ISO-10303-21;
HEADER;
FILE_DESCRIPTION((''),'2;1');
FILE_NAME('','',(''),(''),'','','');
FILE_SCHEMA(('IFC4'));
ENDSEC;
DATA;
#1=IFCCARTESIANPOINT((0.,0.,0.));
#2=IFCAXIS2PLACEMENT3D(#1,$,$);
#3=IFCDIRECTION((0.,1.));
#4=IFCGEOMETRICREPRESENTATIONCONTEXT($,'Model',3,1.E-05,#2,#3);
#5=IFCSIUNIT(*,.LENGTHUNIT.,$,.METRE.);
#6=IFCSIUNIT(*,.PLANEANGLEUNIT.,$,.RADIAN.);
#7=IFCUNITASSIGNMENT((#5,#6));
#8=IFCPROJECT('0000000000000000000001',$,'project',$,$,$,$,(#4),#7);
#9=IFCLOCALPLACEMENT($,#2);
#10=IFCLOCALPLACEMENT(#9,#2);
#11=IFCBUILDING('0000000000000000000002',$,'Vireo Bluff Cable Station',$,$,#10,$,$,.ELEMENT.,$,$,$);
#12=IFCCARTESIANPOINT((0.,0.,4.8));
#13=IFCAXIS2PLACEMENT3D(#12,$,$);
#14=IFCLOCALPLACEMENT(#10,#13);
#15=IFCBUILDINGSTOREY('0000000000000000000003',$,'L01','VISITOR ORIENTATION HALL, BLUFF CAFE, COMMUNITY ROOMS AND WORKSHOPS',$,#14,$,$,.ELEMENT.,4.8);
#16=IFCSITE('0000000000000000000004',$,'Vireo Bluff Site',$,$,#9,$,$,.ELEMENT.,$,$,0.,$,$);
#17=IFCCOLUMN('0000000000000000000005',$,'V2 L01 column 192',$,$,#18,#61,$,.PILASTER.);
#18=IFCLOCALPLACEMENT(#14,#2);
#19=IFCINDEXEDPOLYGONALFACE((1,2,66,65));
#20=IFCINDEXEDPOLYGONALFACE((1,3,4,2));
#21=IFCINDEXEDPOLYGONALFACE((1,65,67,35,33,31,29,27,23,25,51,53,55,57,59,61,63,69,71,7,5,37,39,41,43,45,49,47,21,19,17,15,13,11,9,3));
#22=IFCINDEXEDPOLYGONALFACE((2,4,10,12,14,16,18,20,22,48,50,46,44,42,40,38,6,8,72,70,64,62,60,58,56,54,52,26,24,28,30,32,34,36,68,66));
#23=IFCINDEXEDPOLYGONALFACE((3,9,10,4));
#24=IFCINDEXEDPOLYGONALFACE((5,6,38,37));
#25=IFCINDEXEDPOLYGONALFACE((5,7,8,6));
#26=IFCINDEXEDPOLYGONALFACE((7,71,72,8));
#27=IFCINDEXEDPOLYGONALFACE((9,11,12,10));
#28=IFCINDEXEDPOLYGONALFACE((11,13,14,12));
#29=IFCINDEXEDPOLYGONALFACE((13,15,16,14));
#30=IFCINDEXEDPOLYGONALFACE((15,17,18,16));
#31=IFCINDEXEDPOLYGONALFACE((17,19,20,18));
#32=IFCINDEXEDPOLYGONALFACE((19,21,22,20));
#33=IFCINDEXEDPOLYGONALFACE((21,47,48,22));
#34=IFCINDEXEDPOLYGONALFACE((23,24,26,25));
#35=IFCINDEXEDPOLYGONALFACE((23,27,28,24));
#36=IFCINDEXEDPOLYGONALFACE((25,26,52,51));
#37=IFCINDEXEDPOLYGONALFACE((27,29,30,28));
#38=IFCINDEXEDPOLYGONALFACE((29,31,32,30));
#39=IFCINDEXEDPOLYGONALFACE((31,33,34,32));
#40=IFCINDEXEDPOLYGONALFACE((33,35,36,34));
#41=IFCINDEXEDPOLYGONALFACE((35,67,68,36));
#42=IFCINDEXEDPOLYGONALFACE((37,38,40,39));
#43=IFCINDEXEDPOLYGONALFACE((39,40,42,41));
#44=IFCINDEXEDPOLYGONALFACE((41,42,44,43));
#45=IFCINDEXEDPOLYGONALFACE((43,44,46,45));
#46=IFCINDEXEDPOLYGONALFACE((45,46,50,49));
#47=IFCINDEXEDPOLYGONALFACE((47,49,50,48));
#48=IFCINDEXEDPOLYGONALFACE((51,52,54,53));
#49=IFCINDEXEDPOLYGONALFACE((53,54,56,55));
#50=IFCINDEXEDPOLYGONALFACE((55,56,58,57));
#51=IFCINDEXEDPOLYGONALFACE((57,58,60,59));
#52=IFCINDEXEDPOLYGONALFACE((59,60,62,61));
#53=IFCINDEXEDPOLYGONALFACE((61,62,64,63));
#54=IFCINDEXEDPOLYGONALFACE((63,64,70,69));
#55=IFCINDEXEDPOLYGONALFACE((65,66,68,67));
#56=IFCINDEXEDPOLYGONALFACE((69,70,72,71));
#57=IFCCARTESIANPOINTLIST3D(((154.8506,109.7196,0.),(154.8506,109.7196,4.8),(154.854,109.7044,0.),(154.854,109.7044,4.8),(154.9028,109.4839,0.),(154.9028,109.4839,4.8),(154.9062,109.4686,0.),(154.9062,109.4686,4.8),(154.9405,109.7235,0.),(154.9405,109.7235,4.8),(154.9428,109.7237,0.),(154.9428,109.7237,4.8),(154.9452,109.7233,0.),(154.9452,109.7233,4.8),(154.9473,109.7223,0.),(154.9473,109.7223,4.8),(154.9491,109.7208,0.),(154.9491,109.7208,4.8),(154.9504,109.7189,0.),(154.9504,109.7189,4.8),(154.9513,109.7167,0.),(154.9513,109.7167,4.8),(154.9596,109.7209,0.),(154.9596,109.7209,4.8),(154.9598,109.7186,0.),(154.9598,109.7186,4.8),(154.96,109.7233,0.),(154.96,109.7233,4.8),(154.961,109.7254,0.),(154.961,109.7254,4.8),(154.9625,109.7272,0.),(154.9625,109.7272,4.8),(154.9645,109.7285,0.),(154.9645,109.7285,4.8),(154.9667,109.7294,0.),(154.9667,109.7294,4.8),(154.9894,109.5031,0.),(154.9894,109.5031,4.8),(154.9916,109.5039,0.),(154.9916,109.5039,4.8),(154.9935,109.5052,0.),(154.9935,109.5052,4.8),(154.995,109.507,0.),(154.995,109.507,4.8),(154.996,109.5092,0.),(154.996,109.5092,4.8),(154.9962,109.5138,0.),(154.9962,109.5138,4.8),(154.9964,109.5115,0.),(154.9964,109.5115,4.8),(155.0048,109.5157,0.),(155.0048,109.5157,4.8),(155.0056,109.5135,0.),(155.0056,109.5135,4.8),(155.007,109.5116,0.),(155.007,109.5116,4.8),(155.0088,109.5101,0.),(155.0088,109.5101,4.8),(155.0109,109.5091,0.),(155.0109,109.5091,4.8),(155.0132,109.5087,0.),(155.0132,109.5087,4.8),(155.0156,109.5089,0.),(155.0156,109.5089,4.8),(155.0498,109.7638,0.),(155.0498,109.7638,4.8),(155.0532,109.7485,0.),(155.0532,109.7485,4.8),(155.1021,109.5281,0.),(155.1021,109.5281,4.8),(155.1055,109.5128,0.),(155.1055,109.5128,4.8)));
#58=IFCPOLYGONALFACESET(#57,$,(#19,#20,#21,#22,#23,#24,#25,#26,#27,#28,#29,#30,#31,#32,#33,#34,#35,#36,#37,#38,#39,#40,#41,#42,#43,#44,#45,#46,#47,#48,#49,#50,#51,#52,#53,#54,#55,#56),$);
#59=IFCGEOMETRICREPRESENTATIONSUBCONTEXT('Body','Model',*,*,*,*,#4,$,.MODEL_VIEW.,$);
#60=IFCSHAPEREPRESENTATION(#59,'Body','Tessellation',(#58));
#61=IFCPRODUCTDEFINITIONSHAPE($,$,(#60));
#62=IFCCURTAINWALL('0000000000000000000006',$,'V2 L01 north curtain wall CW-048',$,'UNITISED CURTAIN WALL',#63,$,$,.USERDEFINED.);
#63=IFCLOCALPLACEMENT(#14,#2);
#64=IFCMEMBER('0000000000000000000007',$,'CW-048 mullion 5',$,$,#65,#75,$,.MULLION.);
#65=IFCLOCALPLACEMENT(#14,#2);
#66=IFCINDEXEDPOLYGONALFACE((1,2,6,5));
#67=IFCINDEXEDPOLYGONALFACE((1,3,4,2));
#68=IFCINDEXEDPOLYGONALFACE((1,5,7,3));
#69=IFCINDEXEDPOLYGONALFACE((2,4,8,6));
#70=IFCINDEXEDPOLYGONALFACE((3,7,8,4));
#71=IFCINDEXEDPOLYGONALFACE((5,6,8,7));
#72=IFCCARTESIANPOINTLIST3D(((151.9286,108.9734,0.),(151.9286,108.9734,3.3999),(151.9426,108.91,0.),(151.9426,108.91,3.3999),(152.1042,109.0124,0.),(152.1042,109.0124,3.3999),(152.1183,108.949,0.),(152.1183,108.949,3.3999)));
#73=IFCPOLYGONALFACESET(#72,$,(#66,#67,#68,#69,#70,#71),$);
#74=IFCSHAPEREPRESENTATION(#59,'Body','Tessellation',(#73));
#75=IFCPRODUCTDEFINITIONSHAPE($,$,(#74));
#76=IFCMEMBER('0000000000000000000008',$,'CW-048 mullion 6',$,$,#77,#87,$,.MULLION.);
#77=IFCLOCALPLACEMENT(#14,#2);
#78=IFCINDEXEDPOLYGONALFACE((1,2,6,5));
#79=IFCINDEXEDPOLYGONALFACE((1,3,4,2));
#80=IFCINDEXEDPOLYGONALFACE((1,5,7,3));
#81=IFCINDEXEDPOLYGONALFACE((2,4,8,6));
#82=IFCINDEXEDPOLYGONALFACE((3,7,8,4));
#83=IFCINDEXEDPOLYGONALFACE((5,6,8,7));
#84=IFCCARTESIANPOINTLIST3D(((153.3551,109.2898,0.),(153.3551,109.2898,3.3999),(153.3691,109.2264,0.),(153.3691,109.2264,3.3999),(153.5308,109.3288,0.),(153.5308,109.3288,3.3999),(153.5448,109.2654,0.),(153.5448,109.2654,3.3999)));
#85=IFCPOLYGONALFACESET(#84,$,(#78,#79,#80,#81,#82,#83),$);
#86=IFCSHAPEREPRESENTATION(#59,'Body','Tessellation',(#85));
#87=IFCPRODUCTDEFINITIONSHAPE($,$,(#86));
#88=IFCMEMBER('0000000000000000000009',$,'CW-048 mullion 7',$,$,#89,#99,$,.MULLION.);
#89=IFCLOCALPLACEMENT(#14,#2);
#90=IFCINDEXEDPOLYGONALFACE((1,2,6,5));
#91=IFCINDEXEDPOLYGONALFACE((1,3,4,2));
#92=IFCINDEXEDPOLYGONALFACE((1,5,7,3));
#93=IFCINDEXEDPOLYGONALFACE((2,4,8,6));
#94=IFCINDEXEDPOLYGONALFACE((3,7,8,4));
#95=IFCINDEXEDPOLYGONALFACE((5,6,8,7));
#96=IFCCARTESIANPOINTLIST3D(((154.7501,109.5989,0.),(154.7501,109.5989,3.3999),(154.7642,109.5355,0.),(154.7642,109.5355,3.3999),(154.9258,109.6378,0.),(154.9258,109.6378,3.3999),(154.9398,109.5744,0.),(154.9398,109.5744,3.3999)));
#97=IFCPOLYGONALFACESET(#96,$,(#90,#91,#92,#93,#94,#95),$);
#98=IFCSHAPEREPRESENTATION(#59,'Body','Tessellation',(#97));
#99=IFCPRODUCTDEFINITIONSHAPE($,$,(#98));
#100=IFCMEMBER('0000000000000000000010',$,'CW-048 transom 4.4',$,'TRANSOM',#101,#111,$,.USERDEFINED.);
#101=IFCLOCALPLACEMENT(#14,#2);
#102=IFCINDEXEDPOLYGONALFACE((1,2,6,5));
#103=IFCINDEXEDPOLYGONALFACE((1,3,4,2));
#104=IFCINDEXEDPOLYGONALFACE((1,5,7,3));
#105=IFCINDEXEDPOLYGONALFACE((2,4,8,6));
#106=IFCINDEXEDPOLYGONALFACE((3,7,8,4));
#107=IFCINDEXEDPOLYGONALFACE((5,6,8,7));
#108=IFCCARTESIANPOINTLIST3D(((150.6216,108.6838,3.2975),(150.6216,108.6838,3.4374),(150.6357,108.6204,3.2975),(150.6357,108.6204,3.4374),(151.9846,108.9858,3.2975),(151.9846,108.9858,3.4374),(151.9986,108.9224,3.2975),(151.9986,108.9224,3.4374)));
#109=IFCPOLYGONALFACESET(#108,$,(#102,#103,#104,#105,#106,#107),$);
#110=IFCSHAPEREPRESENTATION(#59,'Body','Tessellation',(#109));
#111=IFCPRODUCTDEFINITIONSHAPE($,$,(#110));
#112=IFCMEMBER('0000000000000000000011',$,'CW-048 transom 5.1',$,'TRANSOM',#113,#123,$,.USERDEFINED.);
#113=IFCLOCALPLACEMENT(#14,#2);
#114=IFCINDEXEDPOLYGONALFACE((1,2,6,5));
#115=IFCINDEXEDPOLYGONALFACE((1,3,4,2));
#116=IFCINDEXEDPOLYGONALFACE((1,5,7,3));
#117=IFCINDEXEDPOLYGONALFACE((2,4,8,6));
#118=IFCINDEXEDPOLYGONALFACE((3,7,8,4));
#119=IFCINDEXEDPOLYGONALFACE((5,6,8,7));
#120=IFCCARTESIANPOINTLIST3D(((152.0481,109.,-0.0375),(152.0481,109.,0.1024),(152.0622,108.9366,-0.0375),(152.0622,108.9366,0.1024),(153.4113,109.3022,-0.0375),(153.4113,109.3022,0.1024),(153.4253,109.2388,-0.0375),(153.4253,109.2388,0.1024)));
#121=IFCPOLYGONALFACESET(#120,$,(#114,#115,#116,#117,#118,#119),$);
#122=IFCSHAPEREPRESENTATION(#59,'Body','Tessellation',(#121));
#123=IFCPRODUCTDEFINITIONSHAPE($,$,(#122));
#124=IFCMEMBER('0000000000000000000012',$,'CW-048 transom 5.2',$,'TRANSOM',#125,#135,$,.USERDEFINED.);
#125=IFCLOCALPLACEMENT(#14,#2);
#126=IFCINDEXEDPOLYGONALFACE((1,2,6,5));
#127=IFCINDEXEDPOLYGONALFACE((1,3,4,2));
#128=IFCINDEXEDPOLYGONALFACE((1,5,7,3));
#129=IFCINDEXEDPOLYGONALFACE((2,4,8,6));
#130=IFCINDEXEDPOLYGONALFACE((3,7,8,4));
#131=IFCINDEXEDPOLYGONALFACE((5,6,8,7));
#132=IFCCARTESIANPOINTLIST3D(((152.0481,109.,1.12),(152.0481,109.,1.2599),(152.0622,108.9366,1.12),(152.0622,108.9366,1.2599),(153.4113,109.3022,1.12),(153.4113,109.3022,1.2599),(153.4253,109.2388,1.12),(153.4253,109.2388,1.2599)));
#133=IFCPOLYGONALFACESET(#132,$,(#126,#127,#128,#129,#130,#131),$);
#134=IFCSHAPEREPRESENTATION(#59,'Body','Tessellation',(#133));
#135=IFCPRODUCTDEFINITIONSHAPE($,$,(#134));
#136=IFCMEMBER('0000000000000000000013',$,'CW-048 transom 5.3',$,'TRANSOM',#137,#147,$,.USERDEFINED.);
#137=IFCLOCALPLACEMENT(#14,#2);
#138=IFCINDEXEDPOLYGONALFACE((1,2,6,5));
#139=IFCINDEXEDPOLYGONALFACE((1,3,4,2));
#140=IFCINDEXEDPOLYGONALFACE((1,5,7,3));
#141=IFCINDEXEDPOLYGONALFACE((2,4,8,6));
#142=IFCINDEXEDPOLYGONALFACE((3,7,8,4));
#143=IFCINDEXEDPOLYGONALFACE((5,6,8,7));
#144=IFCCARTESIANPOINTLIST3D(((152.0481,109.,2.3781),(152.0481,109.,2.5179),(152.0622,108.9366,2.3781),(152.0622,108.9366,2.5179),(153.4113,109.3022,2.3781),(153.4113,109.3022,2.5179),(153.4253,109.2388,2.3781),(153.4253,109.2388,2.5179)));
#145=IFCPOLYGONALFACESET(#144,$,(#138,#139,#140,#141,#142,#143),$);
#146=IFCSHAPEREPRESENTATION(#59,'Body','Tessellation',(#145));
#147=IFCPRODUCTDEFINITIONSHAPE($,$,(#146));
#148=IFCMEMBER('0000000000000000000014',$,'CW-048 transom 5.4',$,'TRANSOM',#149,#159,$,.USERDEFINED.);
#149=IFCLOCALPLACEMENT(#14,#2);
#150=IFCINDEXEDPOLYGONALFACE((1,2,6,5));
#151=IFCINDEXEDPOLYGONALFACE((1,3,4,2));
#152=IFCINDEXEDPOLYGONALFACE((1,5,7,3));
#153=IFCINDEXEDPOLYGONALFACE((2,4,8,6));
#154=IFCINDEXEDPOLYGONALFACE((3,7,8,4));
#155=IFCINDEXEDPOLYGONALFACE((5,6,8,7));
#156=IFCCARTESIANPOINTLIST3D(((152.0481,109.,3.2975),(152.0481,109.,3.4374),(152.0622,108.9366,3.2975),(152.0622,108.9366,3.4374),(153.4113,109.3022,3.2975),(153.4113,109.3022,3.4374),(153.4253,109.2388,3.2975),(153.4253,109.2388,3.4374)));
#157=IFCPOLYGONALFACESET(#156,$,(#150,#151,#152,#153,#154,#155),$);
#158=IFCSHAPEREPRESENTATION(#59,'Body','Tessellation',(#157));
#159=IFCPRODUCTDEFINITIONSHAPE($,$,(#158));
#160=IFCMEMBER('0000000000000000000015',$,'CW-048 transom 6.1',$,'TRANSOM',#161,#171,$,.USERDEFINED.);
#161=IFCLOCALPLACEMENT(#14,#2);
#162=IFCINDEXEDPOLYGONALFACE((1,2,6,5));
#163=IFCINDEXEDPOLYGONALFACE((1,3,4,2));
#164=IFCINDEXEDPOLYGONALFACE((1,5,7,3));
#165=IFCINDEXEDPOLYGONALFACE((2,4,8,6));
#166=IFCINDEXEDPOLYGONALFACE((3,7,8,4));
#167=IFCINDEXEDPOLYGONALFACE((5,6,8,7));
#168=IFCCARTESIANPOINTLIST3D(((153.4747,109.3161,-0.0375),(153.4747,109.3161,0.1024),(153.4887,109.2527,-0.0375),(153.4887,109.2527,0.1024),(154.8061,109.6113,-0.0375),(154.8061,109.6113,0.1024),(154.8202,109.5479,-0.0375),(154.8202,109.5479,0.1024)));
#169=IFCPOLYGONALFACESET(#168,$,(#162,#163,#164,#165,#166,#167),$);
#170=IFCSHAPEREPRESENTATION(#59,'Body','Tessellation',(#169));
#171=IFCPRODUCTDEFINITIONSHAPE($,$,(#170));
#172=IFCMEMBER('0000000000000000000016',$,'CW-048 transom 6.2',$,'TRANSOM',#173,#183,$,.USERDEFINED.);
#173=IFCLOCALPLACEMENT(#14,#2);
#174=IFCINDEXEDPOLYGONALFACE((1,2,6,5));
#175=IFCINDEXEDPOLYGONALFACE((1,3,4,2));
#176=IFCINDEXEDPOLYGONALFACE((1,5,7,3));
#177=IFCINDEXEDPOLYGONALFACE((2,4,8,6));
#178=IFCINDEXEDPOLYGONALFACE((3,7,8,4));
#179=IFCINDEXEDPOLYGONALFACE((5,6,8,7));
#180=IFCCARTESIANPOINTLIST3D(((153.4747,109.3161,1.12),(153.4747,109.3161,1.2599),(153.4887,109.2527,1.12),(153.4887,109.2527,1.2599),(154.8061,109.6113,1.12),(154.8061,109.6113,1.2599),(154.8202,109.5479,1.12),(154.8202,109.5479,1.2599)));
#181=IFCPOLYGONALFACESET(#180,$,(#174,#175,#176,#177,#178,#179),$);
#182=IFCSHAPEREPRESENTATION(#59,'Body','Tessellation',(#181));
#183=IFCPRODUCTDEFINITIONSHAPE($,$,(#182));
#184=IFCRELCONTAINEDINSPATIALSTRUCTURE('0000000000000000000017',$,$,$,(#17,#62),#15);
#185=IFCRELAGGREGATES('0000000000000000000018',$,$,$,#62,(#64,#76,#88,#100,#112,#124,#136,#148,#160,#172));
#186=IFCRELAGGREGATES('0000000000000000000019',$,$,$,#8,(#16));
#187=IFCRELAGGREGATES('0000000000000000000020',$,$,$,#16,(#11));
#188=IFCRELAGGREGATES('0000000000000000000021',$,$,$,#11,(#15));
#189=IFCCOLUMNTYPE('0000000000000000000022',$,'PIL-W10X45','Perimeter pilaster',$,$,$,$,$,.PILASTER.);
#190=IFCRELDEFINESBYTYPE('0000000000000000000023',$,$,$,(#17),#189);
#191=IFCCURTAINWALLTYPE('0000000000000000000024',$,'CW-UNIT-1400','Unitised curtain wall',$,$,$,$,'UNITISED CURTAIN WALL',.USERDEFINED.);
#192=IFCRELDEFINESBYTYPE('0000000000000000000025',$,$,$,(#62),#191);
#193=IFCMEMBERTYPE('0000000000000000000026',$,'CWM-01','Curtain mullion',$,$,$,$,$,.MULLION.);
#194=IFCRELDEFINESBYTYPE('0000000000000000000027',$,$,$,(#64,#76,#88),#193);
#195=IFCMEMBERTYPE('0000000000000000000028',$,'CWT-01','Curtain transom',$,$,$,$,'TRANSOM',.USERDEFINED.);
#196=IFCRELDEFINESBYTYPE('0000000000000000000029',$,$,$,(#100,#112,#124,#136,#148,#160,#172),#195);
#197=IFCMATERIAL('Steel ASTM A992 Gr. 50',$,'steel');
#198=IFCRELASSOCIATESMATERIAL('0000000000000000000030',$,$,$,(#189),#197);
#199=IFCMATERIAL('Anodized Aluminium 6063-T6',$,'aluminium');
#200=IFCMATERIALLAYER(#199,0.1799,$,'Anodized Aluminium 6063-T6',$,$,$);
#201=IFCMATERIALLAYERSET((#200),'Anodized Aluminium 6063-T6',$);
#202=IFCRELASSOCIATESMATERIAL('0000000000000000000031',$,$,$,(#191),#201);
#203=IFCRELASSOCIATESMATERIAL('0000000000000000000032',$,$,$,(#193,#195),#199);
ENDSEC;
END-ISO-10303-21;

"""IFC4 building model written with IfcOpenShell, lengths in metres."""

from ifc_helpers import new_model, si_unit, direction, frame, origin, origin_2d, place, context, subcontext, project, spatial, rectangle, i_section, extrude, material, layer, layer_set, material_profile, profile_set, type_object, element, aggregate, save


model = new_model("IFC4")

# Units and contexts
model_context = context("Model", 3, precision=1e-05, world=origin(), true_north=direction((0.0, 1.0)))
body_context = subcontext(model_context, "Body", "Model", "MODEL_VIEW")
ifc_project = project(units=[si_unit("LENGTHUNIT", "METRE"), si_unit("PLANEANGLEUNIT", "RADIAN")], contexts=[model_context])

# Site, building, storey
site_placement = place(None, origin())
site = spatial("IfcSite", under=ifc_project, at=site_placement, Name="Vireo Bluff Site", CompositionType="ELEMENT", RefElevation=0.0)
building_placement = place(site_placement, origin())
building = spatial("IfcBuilding", under=site, at=building_placement, Name="Vireo Bluff Cable Station", CompositionType="ELEMENT")
storey_placement = place(building_placement, frame((0.0, 0.0, 4.8)))
storey = spatial("IfcBuildingStorey", under=building, at=storey_placement, Name="L01", Description="VISITOR ORIENTATION HALL, BLUFF CAFE, COMMUNITY ROOMS AND WORKSHOPS", CompositionType="ELEMENT", Elevation=4.8)

# Column
ifc_material_1 = material(Name="Steel ASTM A992 Gr. 50", Category="steel")
ifc_material_profile_1 = material_profile(ifc_material_1, i_section(OverallWidth=0.2041, OverallDepth=0.2571, WebThickness=0.0088, FlangeThickness=0.0156, FilletRadius=0.009, at=origin_2d()), Name="W10X45")
ifc_profile_set_1 = profile_set([ifc_material_profile_1], Name="Steel ASTM A992 Gr. 50")
column_type = type_object("IfcColumnType", Name="PIL-W10X45", Description="Perimeter pilaster", PredefinedType="PILASTER", material=ifc_profile_set_1)
column_placement = place(storey_placement, frame((154.978, 109.6162, 0.0), z_axis=(0.0, 0.0, 1.0), x_axis=(0.976296, 0.21644, 0.0)))
element("IfcColumn", 1, at=column_placement, inside=storey, type_object=column_type, Name="V2 L01 column 192", PredefinedType="PILASTER", context=body_context, shape_type="SweptSolid", body=[
    extrude(i_section(OverallWidth=0.2041, OverallDepth=0.2571, WebThickness=0.0088, FlangeThickness=0.0156, FilletRadius=0.009, at=origin_2d()), origin(), (0.0, 0.0, 1.0), 4.8),
])

# Curtain wall, members
ifc_material_2 = material(Name="Anodized Aluminium 6063-T6", Category="aluminium")
ifc_layer_1 = layer(ifc_material_2, 0.1799, Name="Anodized Aluminium 6063-T6")
ifc_layer_set_1 = layer_set([ifc_layer_1], Name="Anodized Aluminium 6063-T6")
curtain_wall_type = type_object("IfcCurtainWallType", Name="CW-UNIT-1400", Description="Unitised curtain wall", ElementType="UNITISED CURTAIN WALL", PredefinedType="USERDEFINED", material=ifc_layer_set_1)
curtain_wall_placement = place(storey_placement, origin())
curtain_wall = element("IfcCurtainWall", 2, at=curtain_wall_placement, inside=storey, type_object=curtain_wall_type, Name="V2 L01 north curtain wall CW-048", ObjectType="UNITISED CURTAIN WALL", PredefinedType="USERDEFINED")
ifc_material_profile_2 = material_profile(ifc_material_2, rectangle(XDim=0.0649, YDim=0.1799, at=origin_2d()), Name="ALU-M-65X180")
ifc_profile_set_2 = profile_set([ifc_material_profile_2], Name="Anodized Aluminium 6063-T6")
member_type_1 = type_object("IfcMemberType", Name="CWM-01", Description="Curtain mullion", PredefinedType="MULLION", material=ifc_profile_set_2)
member_1_placement = place(storey_placement, frame((152.0234, 108.9612, 0.0), z_axis=(0.0, 0.0, 1.0), x_axis=(-0.21644, 0.976296, 0.0)))
member_1 = element("IfcMember", 3, at=member_1_placement, type_object=member_type_1, Name="CW-048 mullion 5", PredefinedType="MULLION", context=body_context, shape_type="SweptSolid", body=[
    extrude(rectangle(XDim=0.0649, YDim=0.1799, at=origin_2d()), origin(), (0.0, 0.0, 1.0), 3.3999),
])
member_2_placement = place(storey_placement, frame((153.45, 109.2776, 0.0), z_axis=(0.0, 0.0, 1.0), x_axis=(-0.21644, 0.976296, 0.0)))
member_2 = element("IfcMember", 4, at=member_2_placement, type_object=member_type_1, Name="CW-048 mullion 6", PredefinedType="MULLION", context=body_context, shape_type="SweptSolid", body=[
    extrude(rectangle(XDim=0.0649, YDim=0.1799, at=origin_2d()), origin(), (0.0, 0.0, 1.0), 3.3999),
])
member_3_placement = place(storey_placement, frame((154.845, 109.5867, 0.0), z_axis=(0.0, 0.0, 1.0), x_axis=(-0.21644, 0.976296, 0.0)))
member_3 = element("IfcMember", 5, at=member_3_placement, type_object=member_type_1, Name="CW-048 mullion 7", PredefinedType="MULLION", context=body_context, shape_type="SweptSolid", body=[
    extrude(rectangle(XDim=0.0649, YDim=0.1799, at=origin_2d()), origin(), (0.0, 0.0, 1.0), 3.3999),
])
ifc_material_profile_3 = material_profile(ifc_material_2, rectangle(XDim=0.0649, YDim=0.1399, at=origin_2d()), Name="ALU-T-65X140")
ifc_profile_set_3 = profile_set([ifc_material_profile_3], Name="Anodized Aluminium 6063-T6")
member_type_2 = type_object("IfcMemberType", Name="CWT-01", Description="Curtain transom", ElementType="TRANSOM", PredefinedType="USERDEFINED", material=ifc_profile_set_3)
member_4_placement = place(storey_placement, frame((150.6287, 108.6521, 3.3674), z_axis=(0.976323, 0.216319, 0.0), x_axis=(-0.216319, 0.976323, 0.0)))
member_4 = element("IfcMember", 6, at=member_4_placement, type_object=member_type_2, Name="CW-048 transom 4.4", ObjectType="TRANSOM", PredefinedType="USERDEFINED", context=body_context, shape_type="SweptSolid", body=[
    extrude(rectangle(XDim=0.0649, YDim=0.1399, at=origin_2d()), origin(), (0.0, 0.0, 1.0), 1.396),
])
member_5_placement = place(storey_placement, frame((152.0552, 108.9683, 0.0325), z_axis=(0.976286, 0.216486, 0.0), x_axis=(-0.216486, 0.976286, 0.0)))
member_5 = element("IfcMember", 7, at=member_5_placement, type_object=member_type_2, Name="CW-048 transom 5.1", ObjectType="TRANSOM", PredefinedType="USERDEFINED", context=body_context, shape_type="SweptSolid", body=[
    extrude(rectangle(XDim=0.0649, YDim=0.1399, at=origin_2d()), origin(), (0.0, 0.0, 1.0), 1.3962),
])
member_6_placement = place(storey_placement, frame((152.0552, 108.9683, 1.1899), z_axis=(0.976286, 0.216486, 0.0), x_axis=(-0.216486, 0.976286, 0.0)))
member_6 = element("IfcMember", 8, at=member_6_placement, type_object=member_type_2, Name="CW-048 transom 5.2", ObjectType="TRANSOM", PredefinedType="USERDEFINED", context=body_context, shape_type="SweptSolid", body=[
    extrude(rectangle(XDim=0.0649, YDim=0.1399, at=origin_2d()), origin(), (0.0, 0.0, 1.0), 1.3962),
])
member_7_placement = place(storey_placement, frame((152.0552, 108.9683, 2.448), z_axis=(0.976286, 0.216486, 0.0), x_axis=(-0.216486, 0.976286, 0.0)))
member_7 = element("IfcMember", 9, at=member_7_placement, type_object=member_type_2, Name="CW-048 transom 5.3", ObjectType="TRANSOM", PredefinedType="USERDEFINED", context=body_context, shape_type="SweptSolid", body=[
    extrude(rectangle(XDim=0.0649, YDim=0.1399, at=origin_2d()), origin(), (0.0, 0.0, 1.0), 1.3962),
])
member_8_placement = place(storey_placement, frame((152.0552, 108.9683, 3.3674), z_axis=(0.976286, 0.216486, 0.0), x_axis=(-0.216486, 0.976286, 0.0)))
member_8 = element("IfcMember", 10, at=member_8_placement, type_object=member_type_2, Name="CW-048 transom 5.4", ObjectType="TRANSOM", PredefinedType="USERDEFINED", context=body_context, shape_type="SweptSolid", body=[
    extrude(rectangle(XDim=0.0649, YDim=0.1399, at=origin_2d()), origin(), (0.0, 0.0, 1.0), 1.3962),
])
member_9_placement = place(storey_placement, frame((153.4817, 109.2844, 0.0325), z_axis=(0.976301, 0.216419, 0.0), x_axis=(-0.216419, 0.976301, 0.0)))
member_9 = element("IfcMember", 11, at=member_9_placement, type_object=member_type_2, Name="CW-048 transom 6.1", ObjectType="TRANSOM", PredefinedType="USERDEFINED", context=body_context, shape_type="SweptSolid", body=[
    extrude(rectangle(XDim=0.0649, YDim=0.1399, at=origin_2d()), origin(), (0.0, 0.0, 1.0), 1.3638),
])
member_10_placement = place(storey_placement, frame((153.4817, 109.2844, 1.1899), z_axis=(0.976301, 0.216419, 0.0), x_axis=(-0.216419, 0.976301, 0.0)))
member_10 = element("IfcMember", 12, at=member_10_placement, type_object=member_type_2, Name="CW-048 transom 6.2", ObjectType="TRANSOM", PredefinedType="USERDEFINED", context=body_context, shape_type="SweptSolid", body=[
    extrude(rectangle(XDim=0.0649, YDim=0.1399, at=origin_2d()), origin(), (0.0, 0.0, 1.0), 1.3638),
])
aggregate(curtain_wall, [member_1, member_2, member_3, member_4, member_5, member_6, member_7, member_8, member_9, member_10])

save(model, "model.ifc")
